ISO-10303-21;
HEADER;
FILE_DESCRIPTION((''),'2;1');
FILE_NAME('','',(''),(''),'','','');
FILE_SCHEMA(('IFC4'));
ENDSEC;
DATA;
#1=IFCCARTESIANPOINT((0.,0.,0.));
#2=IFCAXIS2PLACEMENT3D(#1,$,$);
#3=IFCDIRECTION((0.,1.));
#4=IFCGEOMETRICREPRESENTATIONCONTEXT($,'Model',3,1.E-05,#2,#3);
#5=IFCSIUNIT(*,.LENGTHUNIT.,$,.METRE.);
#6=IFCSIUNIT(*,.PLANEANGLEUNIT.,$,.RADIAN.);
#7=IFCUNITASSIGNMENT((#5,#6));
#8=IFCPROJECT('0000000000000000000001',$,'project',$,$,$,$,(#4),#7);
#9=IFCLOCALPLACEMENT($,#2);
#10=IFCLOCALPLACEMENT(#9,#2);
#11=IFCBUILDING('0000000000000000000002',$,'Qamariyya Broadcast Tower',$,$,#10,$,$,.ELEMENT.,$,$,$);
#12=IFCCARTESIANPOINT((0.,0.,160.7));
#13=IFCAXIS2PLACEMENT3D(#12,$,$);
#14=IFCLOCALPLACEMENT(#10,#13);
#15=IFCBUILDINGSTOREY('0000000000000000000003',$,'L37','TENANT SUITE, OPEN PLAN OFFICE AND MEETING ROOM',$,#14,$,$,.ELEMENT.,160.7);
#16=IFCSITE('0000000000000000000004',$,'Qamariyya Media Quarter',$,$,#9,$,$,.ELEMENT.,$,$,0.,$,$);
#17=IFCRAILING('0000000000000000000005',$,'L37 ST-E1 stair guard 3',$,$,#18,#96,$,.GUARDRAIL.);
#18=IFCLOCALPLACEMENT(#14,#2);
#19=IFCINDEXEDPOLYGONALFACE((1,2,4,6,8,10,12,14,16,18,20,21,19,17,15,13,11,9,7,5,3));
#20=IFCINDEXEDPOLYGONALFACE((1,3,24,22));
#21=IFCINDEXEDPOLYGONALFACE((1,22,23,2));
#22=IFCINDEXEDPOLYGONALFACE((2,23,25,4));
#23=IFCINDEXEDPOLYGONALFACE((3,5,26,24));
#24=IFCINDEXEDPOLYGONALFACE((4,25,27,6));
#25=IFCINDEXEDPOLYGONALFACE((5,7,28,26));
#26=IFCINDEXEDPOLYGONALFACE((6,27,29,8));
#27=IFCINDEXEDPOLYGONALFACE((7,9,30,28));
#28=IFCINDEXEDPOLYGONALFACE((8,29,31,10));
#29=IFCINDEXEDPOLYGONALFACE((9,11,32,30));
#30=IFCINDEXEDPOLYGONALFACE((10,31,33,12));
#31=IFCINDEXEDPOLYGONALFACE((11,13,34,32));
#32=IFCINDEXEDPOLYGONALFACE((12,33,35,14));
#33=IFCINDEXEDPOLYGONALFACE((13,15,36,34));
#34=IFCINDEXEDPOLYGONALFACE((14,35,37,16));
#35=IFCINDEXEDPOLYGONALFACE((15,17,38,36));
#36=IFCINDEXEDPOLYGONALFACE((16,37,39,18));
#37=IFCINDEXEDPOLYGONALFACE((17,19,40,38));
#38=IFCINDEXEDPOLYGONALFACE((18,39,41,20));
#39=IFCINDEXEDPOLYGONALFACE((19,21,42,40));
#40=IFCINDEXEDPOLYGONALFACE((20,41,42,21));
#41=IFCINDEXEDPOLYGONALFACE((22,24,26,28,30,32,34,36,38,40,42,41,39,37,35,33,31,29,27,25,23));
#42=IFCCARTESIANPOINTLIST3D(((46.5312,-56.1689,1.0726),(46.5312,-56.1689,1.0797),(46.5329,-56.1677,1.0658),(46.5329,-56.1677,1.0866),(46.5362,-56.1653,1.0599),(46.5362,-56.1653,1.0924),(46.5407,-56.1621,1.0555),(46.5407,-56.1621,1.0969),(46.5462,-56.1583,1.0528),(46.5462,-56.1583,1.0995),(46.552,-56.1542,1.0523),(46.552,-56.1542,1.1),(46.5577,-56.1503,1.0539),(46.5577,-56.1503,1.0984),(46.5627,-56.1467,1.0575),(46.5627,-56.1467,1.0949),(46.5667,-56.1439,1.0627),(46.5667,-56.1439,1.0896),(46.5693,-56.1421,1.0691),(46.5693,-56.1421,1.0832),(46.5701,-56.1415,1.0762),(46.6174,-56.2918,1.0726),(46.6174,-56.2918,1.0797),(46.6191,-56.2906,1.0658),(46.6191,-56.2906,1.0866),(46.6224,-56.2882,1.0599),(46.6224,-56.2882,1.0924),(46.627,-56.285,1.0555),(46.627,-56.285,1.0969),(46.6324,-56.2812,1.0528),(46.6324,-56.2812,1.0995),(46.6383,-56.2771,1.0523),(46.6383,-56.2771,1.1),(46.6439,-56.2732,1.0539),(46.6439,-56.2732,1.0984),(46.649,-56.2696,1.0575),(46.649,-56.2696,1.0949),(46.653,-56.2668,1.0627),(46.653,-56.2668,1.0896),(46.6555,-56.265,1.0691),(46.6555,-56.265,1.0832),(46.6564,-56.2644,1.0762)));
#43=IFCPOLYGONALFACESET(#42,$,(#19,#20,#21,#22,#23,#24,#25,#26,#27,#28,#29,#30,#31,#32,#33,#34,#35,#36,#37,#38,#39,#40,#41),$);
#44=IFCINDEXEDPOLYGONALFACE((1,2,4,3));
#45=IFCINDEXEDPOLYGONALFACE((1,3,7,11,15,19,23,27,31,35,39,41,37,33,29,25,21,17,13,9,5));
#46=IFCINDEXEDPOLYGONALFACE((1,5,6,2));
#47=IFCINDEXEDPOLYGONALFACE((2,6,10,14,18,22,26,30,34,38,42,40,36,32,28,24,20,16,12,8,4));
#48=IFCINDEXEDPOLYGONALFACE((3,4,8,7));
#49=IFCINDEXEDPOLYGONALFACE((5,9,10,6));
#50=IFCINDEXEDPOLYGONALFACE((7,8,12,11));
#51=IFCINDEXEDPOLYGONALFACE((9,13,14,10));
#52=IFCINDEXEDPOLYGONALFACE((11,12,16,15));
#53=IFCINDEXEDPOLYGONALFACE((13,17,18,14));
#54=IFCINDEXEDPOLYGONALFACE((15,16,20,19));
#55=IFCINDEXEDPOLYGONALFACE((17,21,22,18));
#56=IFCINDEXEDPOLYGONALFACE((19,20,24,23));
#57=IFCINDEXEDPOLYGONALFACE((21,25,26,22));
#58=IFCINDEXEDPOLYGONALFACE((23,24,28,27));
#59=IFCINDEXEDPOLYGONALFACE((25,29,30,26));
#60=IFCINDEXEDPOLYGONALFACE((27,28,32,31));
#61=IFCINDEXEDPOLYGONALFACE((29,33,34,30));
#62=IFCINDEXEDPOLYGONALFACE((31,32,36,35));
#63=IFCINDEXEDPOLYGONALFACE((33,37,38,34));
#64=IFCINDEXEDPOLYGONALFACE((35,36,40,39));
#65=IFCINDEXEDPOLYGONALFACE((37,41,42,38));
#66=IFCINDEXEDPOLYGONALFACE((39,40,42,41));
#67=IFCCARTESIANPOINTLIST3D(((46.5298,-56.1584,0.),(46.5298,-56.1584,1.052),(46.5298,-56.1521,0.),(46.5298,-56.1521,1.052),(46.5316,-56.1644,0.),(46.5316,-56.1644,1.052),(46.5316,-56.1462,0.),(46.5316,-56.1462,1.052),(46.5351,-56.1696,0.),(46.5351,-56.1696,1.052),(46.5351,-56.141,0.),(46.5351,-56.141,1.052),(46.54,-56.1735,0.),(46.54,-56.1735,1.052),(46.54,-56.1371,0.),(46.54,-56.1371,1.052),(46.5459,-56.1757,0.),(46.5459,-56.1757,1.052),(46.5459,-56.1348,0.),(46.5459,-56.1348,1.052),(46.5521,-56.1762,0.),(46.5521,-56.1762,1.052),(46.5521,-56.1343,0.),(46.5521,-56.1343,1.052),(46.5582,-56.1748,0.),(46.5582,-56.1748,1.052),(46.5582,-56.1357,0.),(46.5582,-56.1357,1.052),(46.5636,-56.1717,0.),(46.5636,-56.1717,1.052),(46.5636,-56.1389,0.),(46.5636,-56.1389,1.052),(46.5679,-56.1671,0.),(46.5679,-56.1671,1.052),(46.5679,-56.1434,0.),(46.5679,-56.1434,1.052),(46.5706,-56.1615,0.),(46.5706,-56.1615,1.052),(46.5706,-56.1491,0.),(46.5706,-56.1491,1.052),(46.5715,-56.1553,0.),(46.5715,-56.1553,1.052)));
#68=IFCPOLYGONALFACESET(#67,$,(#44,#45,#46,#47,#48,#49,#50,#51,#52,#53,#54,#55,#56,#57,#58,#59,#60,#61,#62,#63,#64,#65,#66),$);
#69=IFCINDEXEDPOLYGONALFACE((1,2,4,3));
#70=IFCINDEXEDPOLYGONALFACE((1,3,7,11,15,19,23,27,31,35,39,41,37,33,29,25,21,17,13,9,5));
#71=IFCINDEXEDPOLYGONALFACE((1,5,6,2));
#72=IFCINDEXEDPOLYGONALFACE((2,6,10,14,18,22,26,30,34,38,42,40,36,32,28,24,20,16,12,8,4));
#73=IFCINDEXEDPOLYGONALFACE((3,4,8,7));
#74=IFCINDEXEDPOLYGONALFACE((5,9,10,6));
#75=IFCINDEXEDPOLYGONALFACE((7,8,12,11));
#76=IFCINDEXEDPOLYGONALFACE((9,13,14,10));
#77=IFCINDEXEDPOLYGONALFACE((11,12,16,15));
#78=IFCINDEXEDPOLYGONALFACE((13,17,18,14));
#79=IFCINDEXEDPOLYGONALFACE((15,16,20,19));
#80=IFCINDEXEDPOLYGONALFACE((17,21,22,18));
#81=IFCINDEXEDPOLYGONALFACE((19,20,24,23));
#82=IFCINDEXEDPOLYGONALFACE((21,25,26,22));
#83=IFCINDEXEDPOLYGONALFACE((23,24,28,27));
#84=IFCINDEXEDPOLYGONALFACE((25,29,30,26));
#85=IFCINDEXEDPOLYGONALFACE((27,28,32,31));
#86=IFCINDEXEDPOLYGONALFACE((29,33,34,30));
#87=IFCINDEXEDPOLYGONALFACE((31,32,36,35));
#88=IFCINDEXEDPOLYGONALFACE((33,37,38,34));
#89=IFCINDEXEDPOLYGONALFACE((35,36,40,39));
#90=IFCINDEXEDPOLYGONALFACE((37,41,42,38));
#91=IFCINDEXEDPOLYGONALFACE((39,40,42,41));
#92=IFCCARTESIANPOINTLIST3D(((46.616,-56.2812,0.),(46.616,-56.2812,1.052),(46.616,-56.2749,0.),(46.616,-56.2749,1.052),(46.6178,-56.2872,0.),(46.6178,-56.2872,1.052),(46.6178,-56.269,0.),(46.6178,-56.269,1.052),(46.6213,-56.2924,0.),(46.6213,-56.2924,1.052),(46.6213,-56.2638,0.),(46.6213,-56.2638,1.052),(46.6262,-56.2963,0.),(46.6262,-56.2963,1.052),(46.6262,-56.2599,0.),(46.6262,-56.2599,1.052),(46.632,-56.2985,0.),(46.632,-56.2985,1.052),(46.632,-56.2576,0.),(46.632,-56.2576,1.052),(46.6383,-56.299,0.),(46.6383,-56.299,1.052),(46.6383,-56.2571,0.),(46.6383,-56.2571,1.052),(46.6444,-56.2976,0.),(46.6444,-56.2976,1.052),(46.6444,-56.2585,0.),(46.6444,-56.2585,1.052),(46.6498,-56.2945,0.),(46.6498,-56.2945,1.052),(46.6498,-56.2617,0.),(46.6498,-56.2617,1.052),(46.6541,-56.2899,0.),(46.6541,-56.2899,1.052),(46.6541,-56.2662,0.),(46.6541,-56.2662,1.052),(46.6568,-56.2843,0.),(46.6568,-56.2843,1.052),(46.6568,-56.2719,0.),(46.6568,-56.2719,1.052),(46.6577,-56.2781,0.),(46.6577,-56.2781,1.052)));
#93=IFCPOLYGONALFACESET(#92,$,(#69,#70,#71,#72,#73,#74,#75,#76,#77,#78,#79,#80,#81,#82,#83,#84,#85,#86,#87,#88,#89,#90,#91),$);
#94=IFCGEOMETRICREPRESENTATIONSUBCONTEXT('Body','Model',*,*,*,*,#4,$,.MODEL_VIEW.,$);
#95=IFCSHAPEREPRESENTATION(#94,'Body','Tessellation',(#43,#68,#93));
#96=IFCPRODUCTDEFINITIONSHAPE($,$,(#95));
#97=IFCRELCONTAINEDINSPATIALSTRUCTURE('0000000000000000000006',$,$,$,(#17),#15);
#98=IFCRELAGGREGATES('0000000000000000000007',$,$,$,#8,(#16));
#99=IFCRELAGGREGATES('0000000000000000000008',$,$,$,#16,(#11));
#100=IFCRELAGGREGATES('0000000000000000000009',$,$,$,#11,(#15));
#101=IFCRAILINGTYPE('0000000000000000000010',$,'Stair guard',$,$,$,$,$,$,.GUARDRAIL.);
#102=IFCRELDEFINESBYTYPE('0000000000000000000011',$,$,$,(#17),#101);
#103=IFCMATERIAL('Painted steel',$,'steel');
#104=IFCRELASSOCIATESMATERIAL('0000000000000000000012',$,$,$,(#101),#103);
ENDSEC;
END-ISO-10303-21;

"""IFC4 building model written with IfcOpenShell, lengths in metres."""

from ifc_helpers import new_model, si_unit, direction, frame, origin, origin_2d, place, context, subcontext, project, spatial, circle, extrude, material, type_object, element, save


model = new_model("IFC4")

# Units and contexts
model_context = context("Model", 3, precision=1e-05, world=origin(), true_north=direction((0.0, 1.0)))
body_context = subcontext(model_context, "Body", "Model", "MODEL_VIEW")
ifc_project = project(units=[si_unit("LENGTHUNIT", "METRE"), si_unit("PLANEANGLEUNIT", "RADIAN")], contexts=[model_context])

# Site, building, storey
site_placement = place(None, origin())
site = spatial("IfcSite", under=ifc_project, at=site_placement, Name="Qamariyya Media Quarter", CompositionType="ELEMENT", RefElevation=0.0)
building_placement = place(site_placement, origin())
building = spatial("IfcBuilding", under=site, at=building_placement, Name="Qamariyya Broadcast Tower", CompositionType="ELEMENT")
storey_placement = place(building_placement, frame((0.0, 0.0, 160.7)))
storey = spatial("IfcBuildingStorey", under=building, at=storey_placement, Name="L37", Description="TENANT SUITE, OPEN PLAN OFFICE AND MEETING ROOM", CompositionType="ELEMENT", Elevation=160.7)

# Railing
ifc_material_1 = material(Name="Painted steel", Category="steel")
railing_type_1 = type_object("IfcRailingType", Name="Stair guard", PredefinedType="GUARDRAIL", material=ifc_material_1)
railing_1_placement = place(storey_placement, frame((46.5505, -56.1553, 0.0)))
element("IfcRailing", 1, at=railing_1_placement, inside=storey, type_object=railing_type_1, Name="L37 ST-E1 stair guard 3", PredefinedType="GUARDRAIL", context=body_context, shape_type="SweptSolid", body=[
    extrude(circle(Radius=0.0239, at=origin_2d()), frame((0.0, 0.0, 1.0762), z_axis=(0.574445, -0.818543, 0.0), x_axis=(0.818543, 0.574445, 0.0)), (0.0, 0.0, 1.0), 0.1501),
    extrude(circle(Radius=0.021, at=origin_2d()), origin(), (0.0, 0.0, 1.0), 1.052),
    extrude(circle(Radius=0.021, at=origin_2d()), frame((0.0862, -0.1228, 0.0)), (0.0, 0.0, 1.0), 1.052),
])

save(model, "model.ifc")
